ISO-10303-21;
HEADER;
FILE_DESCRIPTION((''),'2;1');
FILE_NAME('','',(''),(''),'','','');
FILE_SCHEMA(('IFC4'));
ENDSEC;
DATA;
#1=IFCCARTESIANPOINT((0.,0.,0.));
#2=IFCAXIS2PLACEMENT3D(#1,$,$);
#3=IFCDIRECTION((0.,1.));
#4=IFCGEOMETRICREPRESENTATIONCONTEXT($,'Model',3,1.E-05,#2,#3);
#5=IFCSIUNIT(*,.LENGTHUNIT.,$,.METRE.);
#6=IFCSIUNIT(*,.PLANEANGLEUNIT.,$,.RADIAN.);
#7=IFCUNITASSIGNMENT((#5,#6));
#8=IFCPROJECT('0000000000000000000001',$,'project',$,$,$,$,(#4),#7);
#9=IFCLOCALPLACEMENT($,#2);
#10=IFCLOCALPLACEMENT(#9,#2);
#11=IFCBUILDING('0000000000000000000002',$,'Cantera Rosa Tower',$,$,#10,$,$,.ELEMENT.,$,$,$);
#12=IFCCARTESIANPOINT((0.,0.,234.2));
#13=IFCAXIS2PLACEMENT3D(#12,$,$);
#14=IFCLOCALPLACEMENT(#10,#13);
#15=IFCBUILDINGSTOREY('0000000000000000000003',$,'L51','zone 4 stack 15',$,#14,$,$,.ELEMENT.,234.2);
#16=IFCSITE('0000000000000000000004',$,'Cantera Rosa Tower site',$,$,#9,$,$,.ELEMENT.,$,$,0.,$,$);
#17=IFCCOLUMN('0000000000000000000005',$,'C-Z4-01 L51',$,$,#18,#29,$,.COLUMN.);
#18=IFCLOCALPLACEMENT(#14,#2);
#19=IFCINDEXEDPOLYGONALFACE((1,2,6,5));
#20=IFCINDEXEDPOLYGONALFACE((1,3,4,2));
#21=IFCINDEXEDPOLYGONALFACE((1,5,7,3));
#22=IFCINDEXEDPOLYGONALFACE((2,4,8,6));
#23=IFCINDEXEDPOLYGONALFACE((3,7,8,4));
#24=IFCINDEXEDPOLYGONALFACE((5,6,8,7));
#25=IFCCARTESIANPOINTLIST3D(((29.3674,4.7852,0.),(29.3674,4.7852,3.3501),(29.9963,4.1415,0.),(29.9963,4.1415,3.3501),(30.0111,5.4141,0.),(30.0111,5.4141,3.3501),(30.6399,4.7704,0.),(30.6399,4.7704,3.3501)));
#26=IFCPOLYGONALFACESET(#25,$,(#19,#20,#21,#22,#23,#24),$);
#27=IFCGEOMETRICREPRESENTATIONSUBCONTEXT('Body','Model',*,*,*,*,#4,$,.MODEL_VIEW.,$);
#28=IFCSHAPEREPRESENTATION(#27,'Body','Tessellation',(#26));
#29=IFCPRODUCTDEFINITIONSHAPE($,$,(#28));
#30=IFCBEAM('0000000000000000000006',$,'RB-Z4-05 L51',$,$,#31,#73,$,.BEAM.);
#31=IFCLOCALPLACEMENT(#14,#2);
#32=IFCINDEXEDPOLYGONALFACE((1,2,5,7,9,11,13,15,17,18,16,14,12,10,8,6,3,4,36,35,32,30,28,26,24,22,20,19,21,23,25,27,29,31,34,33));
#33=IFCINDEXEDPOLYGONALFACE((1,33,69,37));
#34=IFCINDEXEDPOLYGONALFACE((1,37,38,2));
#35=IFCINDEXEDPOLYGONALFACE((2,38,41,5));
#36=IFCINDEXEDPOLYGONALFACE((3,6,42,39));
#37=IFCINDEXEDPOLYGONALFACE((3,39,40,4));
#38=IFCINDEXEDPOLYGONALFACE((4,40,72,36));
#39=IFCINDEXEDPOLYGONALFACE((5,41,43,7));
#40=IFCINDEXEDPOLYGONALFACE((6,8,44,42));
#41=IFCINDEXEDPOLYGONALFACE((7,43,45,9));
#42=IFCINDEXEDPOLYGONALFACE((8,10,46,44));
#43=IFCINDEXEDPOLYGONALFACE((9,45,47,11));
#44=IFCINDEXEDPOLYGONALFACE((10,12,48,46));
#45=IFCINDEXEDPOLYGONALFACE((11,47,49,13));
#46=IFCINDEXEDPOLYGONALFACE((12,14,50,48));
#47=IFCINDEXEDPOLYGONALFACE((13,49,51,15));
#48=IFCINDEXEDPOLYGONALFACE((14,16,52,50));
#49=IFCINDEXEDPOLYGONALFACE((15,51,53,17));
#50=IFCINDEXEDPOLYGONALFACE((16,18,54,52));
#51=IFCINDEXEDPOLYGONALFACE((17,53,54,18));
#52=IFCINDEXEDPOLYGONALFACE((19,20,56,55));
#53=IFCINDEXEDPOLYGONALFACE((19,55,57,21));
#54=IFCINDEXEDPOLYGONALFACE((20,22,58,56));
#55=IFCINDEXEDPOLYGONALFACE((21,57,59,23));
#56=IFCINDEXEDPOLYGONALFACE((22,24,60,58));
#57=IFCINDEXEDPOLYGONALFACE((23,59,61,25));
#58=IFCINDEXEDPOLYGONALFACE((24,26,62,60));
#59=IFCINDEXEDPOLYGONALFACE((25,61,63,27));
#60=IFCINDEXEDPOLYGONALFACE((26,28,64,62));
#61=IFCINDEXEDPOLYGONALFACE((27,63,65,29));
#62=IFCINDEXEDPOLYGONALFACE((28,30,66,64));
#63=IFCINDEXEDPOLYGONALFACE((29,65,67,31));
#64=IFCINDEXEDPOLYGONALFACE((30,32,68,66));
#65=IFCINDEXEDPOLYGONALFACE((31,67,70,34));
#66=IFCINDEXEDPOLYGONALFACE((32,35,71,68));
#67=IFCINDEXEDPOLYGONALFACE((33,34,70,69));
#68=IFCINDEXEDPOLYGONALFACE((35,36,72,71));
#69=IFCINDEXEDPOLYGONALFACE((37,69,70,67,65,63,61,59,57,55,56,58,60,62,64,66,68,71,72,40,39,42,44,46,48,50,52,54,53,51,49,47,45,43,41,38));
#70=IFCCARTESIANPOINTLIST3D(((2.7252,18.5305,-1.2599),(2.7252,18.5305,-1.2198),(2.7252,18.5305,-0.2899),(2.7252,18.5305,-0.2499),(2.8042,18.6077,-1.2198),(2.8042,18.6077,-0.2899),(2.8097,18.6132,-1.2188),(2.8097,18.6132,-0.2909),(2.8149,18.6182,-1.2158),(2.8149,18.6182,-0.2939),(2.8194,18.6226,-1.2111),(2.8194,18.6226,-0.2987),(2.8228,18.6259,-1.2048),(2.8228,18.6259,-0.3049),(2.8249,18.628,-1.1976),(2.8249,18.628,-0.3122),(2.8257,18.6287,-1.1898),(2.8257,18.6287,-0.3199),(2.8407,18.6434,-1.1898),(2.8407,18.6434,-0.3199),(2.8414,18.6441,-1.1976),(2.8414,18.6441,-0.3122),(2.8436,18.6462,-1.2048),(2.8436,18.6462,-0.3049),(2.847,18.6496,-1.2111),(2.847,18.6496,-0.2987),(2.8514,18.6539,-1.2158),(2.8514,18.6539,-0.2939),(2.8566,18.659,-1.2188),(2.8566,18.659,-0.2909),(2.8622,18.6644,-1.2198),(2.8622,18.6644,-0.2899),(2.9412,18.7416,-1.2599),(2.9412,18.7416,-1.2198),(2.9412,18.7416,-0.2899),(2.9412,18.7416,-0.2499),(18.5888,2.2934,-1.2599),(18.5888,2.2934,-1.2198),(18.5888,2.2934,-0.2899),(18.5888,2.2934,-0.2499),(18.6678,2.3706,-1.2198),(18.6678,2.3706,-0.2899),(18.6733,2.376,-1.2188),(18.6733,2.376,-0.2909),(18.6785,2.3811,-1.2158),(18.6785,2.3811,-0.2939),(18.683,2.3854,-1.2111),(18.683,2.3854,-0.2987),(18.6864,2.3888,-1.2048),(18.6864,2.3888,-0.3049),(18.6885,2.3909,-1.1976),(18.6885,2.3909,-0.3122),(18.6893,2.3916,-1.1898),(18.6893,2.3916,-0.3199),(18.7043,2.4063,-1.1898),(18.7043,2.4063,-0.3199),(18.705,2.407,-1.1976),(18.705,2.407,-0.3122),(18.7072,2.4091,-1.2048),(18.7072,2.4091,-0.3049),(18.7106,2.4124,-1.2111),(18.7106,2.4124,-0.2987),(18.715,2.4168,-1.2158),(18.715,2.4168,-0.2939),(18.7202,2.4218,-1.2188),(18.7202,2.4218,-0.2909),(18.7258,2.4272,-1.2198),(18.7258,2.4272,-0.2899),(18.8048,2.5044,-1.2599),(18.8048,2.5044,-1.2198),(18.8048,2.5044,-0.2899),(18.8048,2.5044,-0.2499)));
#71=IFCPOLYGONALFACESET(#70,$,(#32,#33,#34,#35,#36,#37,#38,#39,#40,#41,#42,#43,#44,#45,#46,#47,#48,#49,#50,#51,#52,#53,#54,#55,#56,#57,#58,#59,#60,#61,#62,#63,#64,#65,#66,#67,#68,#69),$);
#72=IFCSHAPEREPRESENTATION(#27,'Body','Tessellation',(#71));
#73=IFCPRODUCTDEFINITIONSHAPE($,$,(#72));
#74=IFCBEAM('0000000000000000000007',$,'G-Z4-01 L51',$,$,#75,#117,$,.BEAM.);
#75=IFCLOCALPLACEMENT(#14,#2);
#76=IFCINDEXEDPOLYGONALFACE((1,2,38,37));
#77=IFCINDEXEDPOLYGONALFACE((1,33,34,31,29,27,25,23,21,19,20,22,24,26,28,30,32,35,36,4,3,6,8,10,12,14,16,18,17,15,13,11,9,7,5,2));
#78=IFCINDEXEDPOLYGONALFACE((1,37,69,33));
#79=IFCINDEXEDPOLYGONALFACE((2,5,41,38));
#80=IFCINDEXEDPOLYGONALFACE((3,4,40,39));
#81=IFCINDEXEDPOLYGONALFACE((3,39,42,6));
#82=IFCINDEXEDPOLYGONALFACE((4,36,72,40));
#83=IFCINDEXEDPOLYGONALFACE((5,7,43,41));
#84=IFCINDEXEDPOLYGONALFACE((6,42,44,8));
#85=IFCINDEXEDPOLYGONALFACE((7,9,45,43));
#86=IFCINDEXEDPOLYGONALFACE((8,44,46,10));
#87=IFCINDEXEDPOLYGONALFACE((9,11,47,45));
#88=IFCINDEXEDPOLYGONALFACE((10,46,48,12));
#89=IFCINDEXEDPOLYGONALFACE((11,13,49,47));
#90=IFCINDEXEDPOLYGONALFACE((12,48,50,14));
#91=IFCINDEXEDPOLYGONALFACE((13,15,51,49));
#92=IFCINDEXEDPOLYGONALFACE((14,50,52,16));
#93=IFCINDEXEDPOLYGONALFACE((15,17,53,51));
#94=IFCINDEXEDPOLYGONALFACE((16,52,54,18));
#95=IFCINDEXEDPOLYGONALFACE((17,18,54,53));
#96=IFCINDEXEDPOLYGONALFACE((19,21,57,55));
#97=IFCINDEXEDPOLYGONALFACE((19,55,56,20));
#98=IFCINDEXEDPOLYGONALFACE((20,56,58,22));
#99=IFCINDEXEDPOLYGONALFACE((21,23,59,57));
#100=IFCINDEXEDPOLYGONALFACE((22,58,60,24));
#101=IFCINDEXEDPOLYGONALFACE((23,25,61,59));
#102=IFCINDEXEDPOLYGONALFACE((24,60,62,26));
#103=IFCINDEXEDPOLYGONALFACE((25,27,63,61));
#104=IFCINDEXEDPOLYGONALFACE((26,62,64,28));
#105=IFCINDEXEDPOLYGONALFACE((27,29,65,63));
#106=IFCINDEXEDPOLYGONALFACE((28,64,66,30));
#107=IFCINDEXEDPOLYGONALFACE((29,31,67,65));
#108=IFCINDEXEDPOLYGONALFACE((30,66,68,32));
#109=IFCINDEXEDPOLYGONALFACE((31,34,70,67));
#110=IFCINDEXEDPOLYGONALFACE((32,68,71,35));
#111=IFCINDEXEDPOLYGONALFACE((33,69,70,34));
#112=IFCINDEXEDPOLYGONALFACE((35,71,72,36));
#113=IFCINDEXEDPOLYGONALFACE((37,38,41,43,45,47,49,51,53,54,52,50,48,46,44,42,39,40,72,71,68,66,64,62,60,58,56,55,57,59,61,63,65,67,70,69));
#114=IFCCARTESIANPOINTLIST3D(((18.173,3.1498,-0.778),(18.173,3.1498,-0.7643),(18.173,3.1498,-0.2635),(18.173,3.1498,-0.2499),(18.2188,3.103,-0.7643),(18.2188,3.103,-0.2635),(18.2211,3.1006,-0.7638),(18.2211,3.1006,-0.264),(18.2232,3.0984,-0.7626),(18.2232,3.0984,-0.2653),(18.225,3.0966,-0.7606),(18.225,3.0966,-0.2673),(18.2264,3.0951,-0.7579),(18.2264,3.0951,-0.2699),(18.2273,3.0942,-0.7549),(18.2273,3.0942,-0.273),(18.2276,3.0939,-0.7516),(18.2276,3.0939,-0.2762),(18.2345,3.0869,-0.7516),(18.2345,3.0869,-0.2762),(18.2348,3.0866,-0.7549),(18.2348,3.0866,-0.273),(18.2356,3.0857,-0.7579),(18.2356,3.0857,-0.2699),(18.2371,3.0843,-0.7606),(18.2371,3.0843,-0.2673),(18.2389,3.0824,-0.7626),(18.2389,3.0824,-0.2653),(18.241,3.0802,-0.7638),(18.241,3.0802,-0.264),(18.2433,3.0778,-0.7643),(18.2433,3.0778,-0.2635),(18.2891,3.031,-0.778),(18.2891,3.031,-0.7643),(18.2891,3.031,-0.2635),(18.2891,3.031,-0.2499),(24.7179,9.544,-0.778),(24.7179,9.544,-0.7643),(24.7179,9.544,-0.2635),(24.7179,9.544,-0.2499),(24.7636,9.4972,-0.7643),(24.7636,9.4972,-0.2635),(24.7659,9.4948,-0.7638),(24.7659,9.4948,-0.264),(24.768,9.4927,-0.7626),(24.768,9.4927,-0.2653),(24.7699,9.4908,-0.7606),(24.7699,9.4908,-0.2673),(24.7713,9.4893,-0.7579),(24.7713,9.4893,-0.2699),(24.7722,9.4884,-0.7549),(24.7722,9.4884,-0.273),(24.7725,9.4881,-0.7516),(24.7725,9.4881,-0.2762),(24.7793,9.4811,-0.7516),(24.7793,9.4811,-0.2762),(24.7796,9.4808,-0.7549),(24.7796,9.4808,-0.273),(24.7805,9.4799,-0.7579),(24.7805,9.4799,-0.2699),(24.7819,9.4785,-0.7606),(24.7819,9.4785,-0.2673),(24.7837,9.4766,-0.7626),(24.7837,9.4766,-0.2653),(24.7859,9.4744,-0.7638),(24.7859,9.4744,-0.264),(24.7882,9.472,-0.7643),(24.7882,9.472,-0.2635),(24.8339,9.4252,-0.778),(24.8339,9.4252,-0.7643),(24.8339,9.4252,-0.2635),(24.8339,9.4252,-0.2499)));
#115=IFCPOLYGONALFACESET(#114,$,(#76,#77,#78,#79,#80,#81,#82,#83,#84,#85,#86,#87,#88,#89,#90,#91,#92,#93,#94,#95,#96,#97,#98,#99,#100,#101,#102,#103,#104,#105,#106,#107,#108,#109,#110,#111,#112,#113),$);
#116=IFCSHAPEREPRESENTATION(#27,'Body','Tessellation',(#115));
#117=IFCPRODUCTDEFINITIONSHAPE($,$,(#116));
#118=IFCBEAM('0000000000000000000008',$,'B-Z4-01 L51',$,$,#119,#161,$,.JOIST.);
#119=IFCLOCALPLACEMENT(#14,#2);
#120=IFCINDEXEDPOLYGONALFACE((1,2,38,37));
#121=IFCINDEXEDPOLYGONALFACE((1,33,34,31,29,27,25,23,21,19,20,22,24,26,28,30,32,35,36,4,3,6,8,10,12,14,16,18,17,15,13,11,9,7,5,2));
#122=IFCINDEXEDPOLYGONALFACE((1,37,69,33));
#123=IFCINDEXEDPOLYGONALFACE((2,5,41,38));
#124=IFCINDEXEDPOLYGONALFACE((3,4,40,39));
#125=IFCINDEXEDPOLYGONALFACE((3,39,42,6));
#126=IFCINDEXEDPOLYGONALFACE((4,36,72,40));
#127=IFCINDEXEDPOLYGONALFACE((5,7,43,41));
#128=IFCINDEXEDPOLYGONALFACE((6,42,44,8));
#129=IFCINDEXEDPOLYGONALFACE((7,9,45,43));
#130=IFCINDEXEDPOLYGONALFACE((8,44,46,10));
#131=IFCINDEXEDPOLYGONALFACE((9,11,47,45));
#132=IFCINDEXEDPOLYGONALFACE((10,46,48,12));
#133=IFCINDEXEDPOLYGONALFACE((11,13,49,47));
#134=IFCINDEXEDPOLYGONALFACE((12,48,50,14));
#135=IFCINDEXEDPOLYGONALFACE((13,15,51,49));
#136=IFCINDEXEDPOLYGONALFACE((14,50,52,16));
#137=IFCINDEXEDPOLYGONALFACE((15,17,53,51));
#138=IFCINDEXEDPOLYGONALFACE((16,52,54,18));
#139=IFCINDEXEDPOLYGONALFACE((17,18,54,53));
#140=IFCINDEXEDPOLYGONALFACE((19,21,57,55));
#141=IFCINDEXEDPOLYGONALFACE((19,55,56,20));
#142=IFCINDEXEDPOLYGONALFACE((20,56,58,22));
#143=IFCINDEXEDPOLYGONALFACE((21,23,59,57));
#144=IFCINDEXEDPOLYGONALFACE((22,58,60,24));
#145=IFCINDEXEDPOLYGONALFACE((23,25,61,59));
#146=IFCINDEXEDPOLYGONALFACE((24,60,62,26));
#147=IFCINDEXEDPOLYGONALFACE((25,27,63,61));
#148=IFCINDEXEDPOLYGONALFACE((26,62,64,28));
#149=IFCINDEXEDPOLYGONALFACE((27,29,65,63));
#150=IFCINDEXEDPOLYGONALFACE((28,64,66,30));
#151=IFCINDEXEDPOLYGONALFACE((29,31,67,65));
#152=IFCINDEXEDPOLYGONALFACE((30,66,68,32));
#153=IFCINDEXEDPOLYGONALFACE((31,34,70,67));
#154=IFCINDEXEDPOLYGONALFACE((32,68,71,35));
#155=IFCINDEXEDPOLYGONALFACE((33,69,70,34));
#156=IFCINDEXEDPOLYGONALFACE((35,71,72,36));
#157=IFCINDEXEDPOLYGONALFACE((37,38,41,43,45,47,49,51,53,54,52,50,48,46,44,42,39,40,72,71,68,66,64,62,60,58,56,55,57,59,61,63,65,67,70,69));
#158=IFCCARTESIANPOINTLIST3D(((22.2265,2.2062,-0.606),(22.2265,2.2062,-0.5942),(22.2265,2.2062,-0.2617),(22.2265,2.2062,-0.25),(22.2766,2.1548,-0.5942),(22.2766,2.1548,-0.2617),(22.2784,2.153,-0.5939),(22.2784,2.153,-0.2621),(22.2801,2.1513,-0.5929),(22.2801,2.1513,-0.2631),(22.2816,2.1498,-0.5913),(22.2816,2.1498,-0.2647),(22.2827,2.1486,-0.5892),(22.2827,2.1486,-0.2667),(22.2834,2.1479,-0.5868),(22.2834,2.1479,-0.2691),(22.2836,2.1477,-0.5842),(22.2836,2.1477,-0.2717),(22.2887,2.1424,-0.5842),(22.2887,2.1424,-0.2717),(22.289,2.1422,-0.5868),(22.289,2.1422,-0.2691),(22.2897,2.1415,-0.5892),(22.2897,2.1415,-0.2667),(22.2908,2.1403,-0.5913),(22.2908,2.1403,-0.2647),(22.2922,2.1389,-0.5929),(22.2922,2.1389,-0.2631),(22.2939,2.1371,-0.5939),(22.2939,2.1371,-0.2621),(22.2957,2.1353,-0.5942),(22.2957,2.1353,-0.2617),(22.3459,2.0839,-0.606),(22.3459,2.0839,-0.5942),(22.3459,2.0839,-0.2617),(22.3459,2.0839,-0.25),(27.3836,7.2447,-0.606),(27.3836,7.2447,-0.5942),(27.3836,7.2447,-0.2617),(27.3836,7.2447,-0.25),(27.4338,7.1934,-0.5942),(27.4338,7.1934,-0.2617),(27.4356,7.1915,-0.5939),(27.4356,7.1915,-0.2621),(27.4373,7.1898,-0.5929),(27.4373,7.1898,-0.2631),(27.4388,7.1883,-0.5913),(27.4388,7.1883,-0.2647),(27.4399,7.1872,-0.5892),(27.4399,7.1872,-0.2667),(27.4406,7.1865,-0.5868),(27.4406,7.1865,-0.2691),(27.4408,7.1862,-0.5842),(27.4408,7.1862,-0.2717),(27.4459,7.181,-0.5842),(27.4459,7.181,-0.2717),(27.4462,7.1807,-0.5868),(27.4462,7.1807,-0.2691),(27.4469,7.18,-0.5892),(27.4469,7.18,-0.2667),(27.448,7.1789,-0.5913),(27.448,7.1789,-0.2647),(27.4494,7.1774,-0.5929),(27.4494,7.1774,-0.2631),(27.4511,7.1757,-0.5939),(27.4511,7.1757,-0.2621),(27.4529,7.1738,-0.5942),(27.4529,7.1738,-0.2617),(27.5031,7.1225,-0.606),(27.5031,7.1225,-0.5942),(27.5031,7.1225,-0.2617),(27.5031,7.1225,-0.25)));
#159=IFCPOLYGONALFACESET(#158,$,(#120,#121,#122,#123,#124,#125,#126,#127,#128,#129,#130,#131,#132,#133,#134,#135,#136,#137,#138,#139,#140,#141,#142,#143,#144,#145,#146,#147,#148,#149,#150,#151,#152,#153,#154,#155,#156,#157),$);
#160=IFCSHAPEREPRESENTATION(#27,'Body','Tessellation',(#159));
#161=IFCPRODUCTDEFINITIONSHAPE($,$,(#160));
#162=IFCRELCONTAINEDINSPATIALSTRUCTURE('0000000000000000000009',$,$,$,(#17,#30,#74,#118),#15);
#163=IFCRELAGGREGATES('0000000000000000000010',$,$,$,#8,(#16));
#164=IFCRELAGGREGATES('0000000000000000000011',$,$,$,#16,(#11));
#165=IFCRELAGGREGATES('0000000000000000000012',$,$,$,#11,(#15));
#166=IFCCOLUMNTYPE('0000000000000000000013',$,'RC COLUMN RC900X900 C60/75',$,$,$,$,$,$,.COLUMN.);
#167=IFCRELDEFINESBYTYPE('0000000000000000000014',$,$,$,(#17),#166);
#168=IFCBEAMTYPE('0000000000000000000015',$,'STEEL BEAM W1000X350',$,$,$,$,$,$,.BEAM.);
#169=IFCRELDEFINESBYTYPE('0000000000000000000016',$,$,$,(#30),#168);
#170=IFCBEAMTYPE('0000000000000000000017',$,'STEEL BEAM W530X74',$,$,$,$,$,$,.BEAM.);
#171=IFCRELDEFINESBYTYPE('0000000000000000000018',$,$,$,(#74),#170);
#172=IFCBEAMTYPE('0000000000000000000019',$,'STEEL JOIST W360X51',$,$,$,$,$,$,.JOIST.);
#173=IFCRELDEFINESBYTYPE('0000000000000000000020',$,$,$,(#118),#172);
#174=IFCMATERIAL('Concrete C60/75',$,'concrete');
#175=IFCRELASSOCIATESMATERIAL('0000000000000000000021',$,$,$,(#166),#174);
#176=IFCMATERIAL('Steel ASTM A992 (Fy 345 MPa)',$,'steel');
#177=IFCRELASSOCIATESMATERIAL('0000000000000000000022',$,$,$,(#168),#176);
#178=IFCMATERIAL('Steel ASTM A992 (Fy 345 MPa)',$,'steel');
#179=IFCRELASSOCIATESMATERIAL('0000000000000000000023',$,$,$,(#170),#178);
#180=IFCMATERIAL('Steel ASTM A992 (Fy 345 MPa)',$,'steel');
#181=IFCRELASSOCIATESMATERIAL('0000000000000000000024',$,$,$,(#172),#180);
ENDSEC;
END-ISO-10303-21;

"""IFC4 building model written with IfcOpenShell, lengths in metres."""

from ifc_helpers import new_model, si_unit, direction, frame, origin, origin_2d, place, context, subcontext, project, spatial, rectangle, i_section, extrude, material, material_profile, profile_set, type_object, element, save


model = new_model("IFC4")

# Units and contexts
model_context = context("Model", 3, precision=1e-05, world=origin(), true_north=direction((0.0, 1.0)))
body_context = subcontext(model_context, "Body", "Model", "MODEL_VIEW")
ifc_project = project(units=[si_unit("LENGTHUNIT", "METRE"), si_unit("PLANEANGLEUNIT", "RADIAN")], contexts=[model_context])

# Site, building, storey
site_placement = place(None, origin())
site = spatial("IfcSite", under=ifc_project, at=site_placement, Name="Cantera Rosa Tower site", CompositionType="ELEMENT", RefElevation=0.0)
building_placement = place(site_placement, origin())
building = spatial("IfcBuilding", under=site, at=building_placement, Name="Cantera Rosa Tower", CompositionType="ELEMENT")
storey_placement = place(building_placement, frame((0.0, 0.0, 234.2)))
storey = spatial("IfcBuildingStorey", under=building, at=storey_placement, Name="L51", Description="zone 4 stack 15", CompositionType="ELEMENT", Elevation=234.2)

# Column
ifc_material_1 = material(Name="Concrete C60/75", Category="concrete")
ifc_material_profile_1 = material_profile(ifc_material_1, rectangle(XDim=0.8999, YDim=0.8999, at=origin_2d()), Name="RC COLUMN RC900X900 C60/75")
ifc_profile_set_1 = profile_set([ifc_material_profile_1], Name="Concrete C60/75")
column_type = type_object("IfcColumnType", Name="RC COLUMN RC900X900 C60/75", PredefinedType="COLUMN", material=ifc_profile_set_1)
column_placement = place(storey_placement, frame((30.0037, 4.7778, 0.0), z_axis=(0.0, 0.0, 1.0), x_axis=(0.715286, 0.698832, 0.0)))
element("IfcColumn", 1, at=column_placement, inside=storey, type_object=column_type, Name="C-Z4-01 L51", PredefinedType="COLUMN", context=body_context, shape_type="SweptSolid", body=[
    extrude(rectangle(XDim=0.8999, YDim=0.8999, at=origin_2d()), origin(), (0.0, 0.0, 1.0), 3.3501),
])

# Beams
ifc_material_2 = material(Name="Steel ASTM A992 (Fy 345 MPa)", Category="steel")
ifc_material_profile_2 = material_profile(ifc_material_2, i_section(OverallWidth=0.302, OverallDepth=1.01, WebThickness=0.021, FlangeThickness=0.04, FilletRadius=0.03, at=origin_2d()), Name="W1000X350")
ifc_profile_set_2 = profile_set([ifc_material_profile_2], Name="Steel ASTM A992 (Fy 345 MPa)")
beam_type_1 = type_object("IfcBeamType", Name="STEEL BEAM W1000X350", PredefinedType="BEAM", material=ifc_profile_set_2)
beam_1_placement = place(storey_placement, frame((18.6968, 2.3989, -0.7549), z_axis=(-0.698831, 0.715287, 0.0), x_axis=(-0.715287, -0.698831, 0.0)))
element("IfcBeam", 2, at=beam_1_placement, inside=storey, type_object=beam_type_1, Name="RB-Z4-05 L51", PredefinedType="BEAM", context=body_context, shape_type="SweptSolid", body=[
    extrude(i_section(OverallWidth=0.302, OverallDepth=1.01, WebThickness=0.021, FlangeThickness=0.04, FilletRadius=0.03, at=origin_2d()), origin(), (0.0, 0.0, 1.0), 22.7002),
])
ifc_material_3 = material(Name="Steel ASTM A992 (Fy 345 MPa)", Category="steel")
ifc_material_profile_3 = material_profile(ifc_material_3, i_section(OverallWidth=0.166, OverallDepth=0.5281, WebThickness=0.0098, FlangeThickness=0.0137, FilletRadius=0.0127, at=origin_2d()), Name="W530X74")
ifc_profile_set_3 = profile_set([ifc_material_profile_3], Name="Steel ASTM A992 (Fy 345 MPa)")
beam_type_2 = type_object("IfcBeamType", Name="STEEL BEAM W530X74", PredefinedType="BEAM", material=ifc_profile_set_3)
beam_2_placement = place(storey_placement, frame((24.7759, 9.4846, -0.5139), z_axis=(-0.71529, -0.698827, 0.0), x_axis=(0.698827, -0.71529, 0.0)))
element("IfcBeam", 3, at=beam_2_placement, inside=storey, type_object=beam_type_2, Name="G-Z4-01 L51", PredefinedType="BEAM", context=body_context, shape_type="SweptSolid", body=[
    extrude(i_section(OverallWidth=0.166, OverallDepth=0.5281, WebThickness=0.0098, FlangeThickness=0.0137, FilletRadius=0.0127, at=origin_2d()), origin(), (0.0, 0.0, 1.0), 9.1499),
])
ifc_material_4 = material(Name="Steel ASTM A992 (Fy 345 MPa)", Category="steel")
ifc_material_profile_4 = material_profile(ifc_material_4, i_section(OverallWidth=0.1709, OverallDepth=0.356, WebThickness=0.0073, FlangeThickness=0.0117, FilletRadius=0.01, at=origin_2d()), Name="W360X51")
ifc_profile_set_4 = profile_set([ifc_material_profile_4], Name="Steel ASTM A992 (Fy 345 MPa)")
beam_type_3 = type_object("IfcBeamType", Name="STEEL JOIST W360X51", PredefinedType="JOIST", material=ifc_profile_set_4)
beam_3_placement = place(storey_placement, frame((27.4434, 7.1836, -0.428), z_axis=(-0.715287, -0.698831, 0.0), x_axis=(0.698831, -0.715287, 0.0)))
element("IfcBeam", 4, at=beam_3_placement, inside=storey, type_object=beam_type_3, Name="B-Z4-01 L51", PredefinedType="JOIST", context=body_context, shape_type="SweptSolid", body=[
    extrude(i_section(OverallWidth=0.1709, OverallDepth=0.356, WebThickness=0.0073, FlangeThickness=0.0117, FilletRadius=0.01, at=origin_2d()), origin(), (0.0, 0.0, 1.0), 7.21),
])

save(model, "model.ifc")
